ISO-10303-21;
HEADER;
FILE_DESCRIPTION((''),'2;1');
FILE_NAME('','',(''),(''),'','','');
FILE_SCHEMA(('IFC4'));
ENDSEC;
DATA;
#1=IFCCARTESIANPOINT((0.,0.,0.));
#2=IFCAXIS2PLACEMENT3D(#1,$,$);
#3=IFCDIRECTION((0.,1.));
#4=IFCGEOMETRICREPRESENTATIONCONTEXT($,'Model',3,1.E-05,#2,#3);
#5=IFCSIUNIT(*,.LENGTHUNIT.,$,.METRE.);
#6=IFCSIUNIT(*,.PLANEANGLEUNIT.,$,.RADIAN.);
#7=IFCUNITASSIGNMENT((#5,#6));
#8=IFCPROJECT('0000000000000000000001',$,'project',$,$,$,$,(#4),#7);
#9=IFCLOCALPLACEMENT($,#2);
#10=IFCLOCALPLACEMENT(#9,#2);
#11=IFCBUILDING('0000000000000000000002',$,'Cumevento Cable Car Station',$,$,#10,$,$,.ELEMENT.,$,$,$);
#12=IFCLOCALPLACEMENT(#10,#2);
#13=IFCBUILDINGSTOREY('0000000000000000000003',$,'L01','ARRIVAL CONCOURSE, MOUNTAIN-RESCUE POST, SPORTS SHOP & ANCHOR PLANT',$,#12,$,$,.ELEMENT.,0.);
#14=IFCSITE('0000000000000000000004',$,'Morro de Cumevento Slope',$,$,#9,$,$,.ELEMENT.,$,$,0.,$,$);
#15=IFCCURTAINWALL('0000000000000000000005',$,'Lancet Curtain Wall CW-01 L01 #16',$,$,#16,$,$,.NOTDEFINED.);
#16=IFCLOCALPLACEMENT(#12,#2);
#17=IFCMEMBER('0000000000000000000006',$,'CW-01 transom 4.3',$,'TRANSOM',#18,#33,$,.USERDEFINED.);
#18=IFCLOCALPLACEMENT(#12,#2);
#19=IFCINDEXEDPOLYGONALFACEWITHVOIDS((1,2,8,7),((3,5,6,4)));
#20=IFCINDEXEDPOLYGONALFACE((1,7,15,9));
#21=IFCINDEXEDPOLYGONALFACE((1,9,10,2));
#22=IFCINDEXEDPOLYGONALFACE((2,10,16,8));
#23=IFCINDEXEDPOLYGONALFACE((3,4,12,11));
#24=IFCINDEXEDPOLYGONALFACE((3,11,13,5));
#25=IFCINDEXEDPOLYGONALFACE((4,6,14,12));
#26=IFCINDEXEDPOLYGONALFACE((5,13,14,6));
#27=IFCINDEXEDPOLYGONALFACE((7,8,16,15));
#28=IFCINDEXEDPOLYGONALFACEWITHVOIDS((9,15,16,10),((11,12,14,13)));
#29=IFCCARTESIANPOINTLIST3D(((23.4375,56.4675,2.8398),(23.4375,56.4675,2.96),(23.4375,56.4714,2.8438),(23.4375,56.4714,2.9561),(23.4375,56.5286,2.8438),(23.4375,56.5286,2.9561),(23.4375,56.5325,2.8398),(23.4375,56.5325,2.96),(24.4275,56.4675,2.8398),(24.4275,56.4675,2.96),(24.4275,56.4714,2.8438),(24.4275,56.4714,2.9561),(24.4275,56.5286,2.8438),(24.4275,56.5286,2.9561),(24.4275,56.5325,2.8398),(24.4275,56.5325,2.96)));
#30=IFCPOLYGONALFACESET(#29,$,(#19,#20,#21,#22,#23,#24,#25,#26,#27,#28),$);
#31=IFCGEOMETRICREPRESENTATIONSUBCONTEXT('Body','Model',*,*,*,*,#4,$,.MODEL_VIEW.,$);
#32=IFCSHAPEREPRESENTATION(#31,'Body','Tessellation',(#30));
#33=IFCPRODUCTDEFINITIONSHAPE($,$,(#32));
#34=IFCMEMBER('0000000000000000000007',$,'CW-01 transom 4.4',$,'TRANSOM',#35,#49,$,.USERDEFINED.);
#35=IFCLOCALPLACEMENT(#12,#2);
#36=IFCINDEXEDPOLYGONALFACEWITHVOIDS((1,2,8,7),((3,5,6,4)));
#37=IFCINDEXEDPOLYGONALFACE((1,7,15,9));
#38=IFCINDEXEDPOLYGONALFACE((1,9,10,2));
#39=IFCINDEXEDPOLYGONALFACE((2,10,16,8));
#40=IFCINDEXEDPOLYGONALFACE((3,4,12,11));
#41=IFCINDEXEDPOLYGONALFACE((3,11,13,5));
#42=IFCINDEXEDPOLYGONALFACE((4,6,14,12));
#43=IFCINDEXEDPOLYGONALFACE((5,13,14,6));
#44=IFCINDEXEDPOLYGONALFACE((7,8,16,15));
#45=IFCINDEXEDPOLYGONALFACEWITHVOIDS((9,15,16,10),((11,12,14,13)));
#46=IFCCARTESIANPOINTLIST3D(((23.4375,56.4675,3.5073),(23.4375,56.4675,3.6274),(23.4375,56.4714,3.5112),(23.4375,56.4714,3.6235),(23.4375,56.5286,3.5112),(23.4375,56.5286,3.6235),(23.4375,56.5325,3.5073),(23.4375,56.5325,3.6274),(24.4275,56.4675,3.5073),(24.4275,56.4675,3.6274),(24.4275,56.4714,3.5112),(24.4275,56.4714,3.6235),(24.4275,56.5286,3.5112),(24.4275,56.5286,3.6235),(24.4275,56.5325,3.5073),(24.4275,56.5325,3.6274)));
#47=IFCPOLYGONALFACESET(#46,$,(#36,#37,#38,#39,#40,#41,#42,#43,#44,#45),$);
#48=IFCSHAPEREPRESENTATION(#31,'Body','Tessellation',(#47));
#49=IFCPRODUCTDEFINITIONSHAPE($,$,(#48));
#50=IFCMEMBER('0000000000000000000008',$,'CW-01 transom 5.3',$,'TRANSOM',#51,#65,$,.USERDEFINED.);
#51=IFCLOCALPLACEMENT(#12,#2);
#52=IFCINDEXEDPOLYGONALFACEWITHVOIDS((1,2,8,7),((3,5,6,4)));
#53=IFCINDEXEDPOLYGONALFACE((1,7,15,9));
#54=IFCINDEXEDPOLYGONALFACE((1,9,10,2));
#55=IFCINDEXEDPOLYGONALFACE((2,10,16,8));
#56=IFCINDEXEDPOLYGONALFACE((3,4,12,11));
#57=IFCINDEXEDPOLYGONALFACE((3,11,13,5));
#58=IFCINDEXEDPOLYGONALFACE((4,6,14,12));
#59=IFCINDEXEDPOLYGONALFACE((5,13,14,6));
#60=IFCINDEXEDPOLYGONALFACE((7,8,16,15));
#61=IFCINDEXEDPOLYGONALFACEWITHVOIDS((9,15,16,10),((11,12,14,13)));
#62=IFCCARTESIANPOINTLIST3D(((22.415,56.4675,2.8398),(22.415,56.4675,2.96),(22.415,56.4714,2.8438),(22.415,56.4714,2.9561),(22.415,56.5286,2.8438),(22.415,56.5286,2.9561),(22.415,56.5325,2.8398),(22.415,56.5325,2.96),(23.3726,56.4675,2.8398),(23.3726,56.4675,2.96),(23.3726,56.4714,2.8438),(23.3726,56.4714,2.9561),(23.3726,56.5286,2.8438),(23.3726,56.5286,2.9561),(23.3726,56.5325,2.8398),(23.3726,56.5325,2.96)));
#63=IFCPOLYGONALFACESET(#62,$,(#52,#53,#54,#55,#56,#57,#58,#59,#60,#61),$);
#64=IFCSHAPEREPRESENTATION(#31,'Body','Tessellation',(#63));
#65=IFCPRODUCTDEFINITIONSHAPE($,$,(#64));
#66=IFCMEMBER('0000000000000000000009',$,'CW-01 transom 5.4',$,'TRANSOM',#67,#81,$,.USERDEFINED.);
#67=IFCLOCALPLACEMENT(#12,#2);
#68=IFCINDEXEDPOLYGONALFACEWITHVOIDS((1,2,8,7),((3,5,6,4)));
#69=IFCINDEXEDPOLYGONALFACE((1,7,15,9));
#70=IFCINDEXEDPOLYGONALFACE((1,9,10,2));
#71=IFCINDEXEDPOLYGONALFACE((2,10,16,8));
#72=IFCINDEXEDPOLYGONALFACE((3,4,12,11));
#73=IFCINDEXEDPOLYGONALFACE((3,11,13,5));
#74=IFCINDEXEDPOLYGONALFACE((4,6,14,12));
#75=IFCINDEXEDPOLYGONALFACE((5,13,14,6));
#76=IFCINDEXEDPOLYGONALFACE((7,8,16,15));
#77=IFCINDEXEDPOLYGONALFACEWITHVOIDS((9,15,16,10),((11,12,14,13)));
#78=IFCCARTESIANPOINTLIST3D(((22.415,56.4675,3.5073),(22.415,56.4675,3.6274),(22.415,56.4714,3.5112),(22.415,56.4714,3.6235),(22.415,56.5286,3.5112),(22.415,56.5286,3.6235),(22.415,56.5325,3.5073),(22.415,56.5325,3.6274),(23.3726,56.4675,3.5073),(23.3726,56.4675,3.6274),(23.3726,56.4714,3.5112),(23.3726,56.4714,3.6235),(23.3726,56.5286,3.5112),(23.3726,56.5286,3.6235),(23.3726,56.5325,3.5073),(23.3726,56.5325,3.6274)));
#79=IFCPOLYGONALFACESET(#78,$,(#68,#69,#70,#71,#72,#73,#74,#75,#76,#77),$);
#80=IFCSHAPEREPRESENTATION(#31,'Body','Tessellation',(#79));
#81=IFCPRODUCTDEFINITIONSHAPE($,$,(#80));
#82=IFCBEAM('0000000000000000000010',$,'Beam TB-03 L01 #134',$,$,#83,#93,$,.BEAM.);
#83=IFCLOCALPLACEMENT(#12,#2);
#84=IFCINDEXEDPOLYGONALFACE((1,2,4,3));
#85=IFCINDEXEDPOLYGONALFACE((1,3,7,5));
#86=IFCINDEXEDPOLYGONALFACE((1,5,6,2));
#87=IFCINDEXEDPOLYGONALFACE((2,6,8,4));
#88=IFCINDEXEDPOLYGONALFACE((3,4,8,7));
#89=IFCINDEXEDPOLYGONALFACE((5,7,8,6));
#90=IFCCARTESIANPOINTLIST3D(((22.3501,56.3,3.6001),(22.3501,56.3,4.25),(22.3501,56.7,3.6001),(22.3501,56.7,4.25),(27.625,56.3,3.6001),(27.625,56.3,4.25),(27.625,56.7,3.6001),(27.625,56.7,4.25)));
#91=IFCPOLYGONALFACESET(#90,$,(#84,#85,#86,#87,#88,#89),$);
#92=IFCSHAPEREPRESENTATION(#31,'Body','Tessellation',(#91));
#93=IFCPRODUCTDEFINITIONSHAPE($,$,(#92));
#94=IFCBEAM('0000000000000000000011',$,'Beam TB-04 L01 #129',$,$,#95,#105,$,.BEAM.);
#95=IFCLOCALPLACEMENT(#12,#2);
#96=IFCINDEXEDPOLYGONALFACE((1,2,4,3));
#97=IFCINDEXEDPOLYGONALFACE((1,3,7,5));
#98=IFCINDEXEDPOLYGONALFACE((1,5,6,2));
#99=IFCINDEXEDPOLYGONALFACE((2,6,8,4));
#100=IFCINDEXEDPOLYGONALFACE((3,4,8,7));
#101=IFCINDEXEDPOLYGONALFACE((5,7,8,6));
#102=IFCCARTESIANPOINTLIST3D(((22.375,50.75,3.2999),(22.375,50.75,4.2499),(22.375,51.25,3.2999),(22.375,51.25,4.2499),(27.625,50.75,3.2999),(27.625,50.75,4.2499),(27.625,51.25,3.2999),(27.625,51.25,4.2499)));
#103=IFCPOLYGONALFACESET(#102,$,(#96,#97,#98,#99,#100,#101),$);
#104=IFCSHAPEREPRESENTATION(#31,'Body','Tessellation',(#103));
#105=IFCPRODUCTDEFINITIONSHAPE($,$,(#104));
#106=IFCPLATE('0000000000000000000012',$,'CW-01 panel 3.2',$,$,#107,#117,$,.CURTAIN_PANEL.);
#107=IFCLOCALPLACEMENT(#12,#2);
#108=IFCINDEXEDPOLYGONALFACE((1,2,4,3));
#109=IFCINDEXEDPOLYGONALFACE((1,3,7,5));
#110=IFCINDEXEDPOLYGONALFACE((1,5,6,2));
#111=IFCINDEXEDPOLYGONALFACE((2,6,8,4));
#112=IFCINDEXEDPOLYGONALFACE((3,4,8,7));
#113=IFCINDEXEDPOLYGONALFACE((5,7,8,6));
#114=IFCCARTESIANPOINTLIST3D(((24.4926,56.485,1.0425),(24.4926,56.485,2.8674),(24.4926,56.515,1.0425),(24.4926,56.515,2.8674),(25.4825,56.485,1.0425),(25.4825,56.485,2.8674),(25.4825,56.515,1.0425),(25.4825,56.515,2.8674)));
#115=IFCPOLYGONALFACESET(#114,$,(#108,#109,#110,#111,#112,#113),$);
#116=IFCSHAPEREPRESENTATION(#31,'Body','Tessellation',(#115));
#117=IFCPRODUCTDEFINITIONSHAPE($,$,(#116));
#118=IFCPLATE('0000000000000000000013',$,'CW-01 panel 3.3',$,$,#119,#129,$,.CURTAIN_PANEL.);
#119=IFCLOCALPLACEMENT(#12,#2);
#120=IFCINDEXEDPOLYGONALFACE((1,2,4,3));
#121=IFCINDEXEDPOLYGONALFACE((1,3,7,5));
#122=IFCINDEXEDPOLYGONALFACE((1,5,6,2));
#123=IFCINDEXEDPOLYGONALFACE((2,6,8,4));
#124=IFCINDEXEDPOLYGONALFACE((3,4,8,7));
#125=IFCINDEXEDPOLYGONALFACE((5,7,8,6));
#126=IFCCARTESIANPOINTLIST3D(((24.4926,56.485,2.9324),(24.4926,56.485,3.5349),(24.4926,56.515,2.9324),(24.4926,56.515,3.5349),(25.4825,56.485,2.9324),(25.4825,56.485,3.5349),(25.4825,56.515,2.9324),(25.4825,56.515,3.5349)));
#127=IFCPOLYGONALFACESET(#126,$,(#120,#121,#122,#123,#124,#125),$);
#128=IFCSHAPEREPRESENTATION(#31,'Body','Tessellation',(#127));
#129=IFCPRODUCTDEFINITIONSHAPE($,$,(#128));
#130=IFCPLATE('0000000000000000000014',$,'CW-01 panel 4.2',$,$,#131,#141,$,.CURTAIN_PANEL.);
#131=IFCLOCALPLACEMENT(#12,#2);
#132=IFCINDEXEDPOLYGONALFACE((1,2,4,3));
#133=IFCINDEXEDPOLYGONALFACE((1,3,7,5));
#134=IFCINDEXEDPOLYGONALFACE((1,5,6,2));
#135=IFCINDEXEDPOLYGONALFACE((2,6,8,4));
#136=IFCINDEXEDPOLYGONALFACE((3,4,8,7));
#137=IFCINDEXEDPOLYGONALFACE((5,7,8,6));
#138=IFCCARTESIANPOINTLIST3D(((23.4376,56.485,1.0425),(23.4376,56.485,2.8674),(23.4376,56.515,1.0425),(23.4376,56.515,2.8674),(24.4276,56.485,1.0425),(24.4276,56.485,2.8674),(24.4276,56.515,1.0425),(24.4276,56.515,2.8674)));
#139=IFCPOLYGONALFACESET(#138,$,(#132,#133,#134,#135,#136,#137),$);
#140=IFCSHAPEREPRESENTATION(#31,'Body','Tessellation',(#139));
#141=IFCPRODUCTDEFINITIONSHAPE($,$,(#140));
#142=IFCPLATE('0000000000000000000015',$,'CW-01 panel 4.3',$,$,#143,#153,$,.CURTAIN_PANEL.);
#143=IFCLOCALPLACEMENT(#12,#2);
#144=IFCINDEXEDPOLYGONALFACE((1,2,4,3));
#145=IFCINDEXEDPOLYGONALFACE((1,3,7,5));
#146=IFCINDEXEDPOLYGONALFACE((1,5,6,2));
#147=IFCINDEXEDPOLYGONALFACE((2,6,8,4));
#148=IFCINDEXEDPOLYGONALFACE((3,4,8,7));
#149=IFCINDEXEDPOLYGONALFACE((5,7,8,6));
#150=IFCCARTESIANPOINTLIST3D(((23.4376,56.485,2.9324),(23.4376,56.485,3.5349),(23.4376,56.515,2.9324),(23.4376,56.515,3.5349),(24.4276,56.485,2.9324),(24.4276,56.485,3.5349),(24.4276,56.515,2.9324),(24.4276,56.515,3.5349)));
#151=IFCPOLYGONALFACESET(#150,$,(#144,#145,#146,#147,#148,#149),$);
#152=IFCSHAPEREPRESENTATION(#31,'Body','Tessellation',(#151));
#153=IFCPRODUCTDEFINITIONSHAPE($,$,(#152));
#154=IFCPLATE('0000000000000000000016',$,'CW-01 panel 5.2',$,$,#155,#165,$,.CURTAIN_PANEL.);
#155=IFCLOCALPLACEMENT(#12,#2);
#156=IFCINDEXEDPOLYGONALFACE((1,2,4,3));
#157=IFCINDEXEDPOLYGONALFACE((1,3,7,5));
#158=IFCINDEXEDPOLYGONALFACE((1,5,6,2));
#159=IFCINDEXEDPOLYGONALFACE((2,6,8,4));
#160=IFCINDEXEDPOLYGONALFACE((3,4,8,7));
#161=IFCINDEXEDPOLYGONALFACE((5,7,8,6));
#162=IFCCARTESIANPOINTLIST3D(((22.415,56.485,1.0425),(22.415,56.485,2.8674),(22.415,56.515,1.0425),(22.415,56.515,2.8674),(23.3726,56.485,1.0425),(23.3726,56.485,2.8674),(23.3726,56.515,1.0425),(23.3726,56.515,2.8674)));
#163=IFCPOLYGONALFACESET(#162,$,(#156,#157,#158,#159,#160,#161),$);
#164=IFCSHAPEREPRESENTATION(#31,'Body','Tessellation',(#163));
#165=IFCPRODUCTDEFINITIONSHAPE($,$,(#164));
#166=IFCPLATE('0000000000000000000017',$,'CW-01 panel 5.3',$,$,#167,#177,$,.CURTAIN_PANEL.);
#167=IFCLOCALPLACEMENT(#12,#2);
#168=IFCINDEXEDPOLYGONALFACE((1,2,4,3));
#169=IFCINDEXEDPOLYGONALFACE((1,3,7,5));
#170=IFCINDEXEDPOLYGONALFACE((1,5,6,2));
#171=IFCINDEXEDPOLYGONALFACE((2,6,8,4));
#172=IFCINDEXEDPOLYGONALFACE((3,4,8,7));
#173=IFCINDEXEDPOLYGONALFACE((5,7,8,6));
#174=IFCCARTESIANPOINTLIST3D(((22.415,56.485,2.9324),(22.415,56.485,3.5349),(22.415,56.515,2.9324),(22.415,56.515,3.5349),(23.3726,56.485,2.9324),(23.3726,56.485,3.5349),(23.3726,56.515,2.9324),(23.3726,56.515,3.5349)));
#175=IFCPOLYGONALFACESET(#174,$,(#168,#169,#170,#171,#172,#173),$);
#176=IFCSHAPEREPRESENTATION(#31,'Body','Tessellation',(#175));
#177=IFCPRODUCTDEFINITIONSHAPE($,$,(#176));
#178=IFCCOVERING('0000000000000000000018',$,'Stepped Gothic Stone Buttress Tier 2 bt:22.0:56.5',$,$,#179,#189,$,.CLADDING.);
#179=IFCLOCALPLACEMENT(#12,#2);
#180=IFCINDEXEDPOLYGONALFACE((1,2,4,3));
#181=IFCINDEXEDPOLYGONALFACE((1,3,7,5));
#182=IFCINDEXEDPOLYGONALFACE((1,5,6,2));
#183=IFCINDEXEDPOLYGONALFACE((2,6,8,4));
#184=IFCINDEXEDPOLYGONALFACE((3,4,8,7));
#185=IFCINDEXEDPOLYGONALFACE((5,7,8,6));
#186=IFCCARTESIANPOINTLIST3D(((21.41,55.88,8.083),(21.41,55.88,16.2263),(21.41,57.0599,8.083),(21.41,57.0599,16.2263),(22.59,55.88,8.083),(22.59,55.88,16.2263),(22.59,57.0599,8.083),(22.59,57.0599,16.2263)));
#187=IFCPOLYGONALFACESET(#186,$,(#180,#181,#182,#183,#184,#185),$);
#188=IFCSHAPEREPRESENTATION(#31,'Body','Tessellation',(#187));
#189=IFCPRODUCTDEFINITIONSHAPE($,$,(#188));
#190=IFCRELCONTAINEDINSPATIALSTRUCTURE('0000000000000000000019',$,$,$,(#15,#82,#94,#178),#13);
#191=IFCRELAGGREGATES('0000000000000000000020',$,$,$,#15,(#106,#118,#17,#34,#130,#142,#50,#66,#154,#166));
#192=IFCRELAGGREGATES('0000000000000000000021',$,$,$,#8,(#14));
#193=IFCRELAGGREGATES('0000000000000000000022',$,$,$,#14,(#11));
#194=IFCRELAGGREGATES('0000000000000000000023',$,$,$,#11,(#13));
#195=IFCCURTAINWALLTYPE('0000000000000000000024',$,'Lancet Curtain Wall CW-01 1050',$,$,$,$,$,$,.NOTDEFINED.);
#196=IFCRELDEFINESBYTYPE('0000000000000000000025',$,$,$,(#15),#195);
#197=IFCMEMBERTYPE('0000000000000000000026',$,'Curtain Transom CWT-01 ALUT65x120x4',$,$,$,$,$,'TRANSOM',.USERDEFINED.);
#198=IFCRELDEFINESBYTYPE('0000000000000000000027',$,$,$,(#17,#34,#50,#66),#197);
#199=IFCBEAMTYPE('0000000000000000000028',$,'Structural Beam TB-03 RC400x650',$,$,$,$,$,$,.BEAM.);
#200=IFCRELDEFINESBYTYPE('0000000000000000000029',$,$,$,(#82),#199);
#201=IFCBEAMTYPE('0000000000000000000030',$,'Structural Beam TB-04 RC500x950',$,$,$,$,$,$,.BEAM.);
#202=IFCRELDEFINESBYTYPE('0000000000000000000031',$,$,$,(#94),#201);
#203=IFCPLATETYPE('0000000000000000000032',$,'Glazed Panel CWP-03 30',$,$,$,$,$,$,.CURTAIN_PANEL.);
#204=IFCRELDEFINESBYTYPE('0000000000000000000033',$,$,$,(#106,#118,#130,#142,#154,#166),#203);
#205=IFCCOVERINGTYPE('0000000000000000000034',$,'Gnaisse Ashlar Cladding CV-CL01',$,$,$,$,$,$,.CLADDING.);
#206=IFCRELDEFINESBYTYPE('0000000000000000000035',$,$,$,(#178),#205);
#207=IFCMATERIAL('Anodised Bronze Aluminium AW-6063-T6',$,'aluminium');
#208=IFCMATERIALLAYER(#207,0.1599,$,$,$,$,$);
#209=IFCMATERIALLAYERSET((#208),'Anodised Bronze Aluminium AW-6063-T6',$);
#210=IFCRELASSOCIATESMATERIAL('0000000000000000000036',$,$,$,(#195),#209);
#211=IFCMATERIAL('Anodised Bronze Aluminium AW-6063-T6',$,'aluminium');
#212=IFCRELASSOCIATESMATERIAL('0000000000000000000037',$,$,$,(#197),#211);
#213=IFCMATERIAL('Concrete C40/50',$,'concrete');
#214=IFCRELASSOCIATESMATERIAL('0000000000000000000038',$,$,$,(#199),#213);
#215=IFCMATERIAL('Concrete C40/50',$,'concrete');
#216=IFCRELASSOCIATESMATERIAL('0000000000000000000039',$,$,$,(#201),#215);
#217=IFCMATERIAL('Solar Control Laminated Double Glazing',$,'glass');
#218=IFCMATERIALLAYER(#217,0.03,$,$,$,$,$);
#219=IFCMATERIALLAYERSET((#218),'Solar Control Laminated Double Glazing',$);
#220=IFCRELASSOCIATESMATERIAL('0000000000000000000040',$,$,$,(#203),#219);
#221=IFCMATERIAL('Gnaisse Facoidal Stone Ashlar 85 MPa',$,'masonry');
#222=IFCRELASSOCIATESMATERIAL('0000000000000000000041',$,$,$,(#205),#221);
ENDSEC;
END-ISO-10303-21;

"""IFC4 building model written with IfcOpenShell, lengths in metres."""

from ifc_helpers import new_model, si_unit, direction, frame, origin, origin_2d, place, context, subcontext, project, spatial, rectangle, hollow_rectangle, extrude, material, layer, layer_set, material_profile, profile_set, type_object, element, aggregate, save


model = new_model("IFC4")

# Units and contexts
model_context = context("Model", 3, precision=1e-05, world=origin(), true_north=direction((0.0, 1.0)))
body_context = subcontext(model_context, "Body", "Model", "MODEL_VIEW")
ifc_project = project(units=[si_unit("LENGTHUNIT", "METRE"), si_unit("PLANEANGLEUNIT", "RADIAN")], contexts=[model_context])

# Site, building, storey
site_placement = place(None, origin())
site = spatial("IfcSite", under=ifc_project, at=site_placement, Name="Morro de Cumevento Slope", CompositionType="ELEMENT", RefElevation=0.0)
building_placement = place(site_placement, origin())
building = spatial("IfcBuilding", under=site, at=building_placement, Name="Cumevento Cable Car Station", CompositionType="ELEMENT")
storey_placement = place(building_placement, origin())
storey = spatial("IfcBuildingStorey", under=building, at=storey_placement, Name="L01", Description="ARRIVAL CONCOURSE, MOUNTAIN-RESCUE POST, SPORTS SHOP & ANCHOR PLANT", CompositionType="ELEMENT", Elevation=0.0)

# Curtain wall, members
ifc_material_1 = material(Name="Anodised Bronze Aluminium AW-6063-T6", Category="aluminium")
ifc_layer_1 = layer(ifc_material_1, 0.1599)
ifc_layer_set_1 = layer_set([ifc_layer_1], Name="Anodised Bronze Aluminium AW-6063-T6")
curtain_wall_type = type_object("IfcCurtainWallType", Name="Lancet Curtain Wall CW-01 1050", PredefinedType="NOTDEFINED", material=ifc_layer_set_1)
curtain_wall_placement = place(storey_placement, origin())
curtain_wall = element("IfcCurtainWall", 1, at=curtain_wall_placement, inside=storey, type_object=curtain_wall_type, Name="Lancet Curtain Wall CW-01 L01 #16", PredefinedType="NOTDEFINED")
ifc_material_2 = material(Name="Anodised Bronze Aluminium AW-6063-T6", Category="aluminium")
ifc_material_profile_1 = material_profile(ifc_material_2, hollow_rectangle(XDim=0.0649, YDim=0.1201, WallThickness=0.0039, at=origin_2d()), Name="ALUT65x120x4")
ifc_profile_set_1 = profile_set([ifc_material_profile_1], Name="Anodised Bronze Aluminium AW-6063-T6")
member_type = type_object("IfcMemberType", Name="Curtain Transom CWT-01 ALUT65x120x4", ElementType="TRANSOM", PredefinedType="USERDEFINED", material=ifc_profile_set_1)
member_1_placement = place(storey_placement, frame((24.4275, 56.5, 2.8999), z_axis=(-1.0, 0.0, 0.0), x_axis=(0.0, -1.0, 0.0)))
member_1 = element("IfcMember", 2, at=member_1_placement, type_object=member_type, Name="CW-01 transom 4.3", ObjectType="TRANSOM", PredefinedType="USERDEFINED", context=body_context, shape_type="SweptSolid", body=[
    extrude(hollow_rectangle(XDim=0.0649, YDim=0.1201, WallThickness=0.0039, at=origin_2d()), origin(), (0.0, 0.0, 1.0), 0.99),
])
member_2_placement = place(storey_placement, frame((24.4275, 56.5, 3.5674), z_axis=(-1.0, 0.0, 0.0), x_axis=(0.0, -1.0, 0.0)))
member_2 = element("IfcMember", 3, at=member_2_placement, type_object=member_type, Name="CW-01 transom 4.4", ObjectType="TRANSOM", PredefinedType="USERDEFINED", context=body_context, shape_type="SweptSolid", body=[
    extrude(hollow_rectangle(XDim=0.0649, YDim=0.1201, WallThickness=0.0039, at=origin_2d()), origin(), (0.0, 0.0, 1.0), 0.99),
])
member_3_placement = place(storey_placement, frame((23.3726, 56.5, 2.8999), z_axis=(-1.0, 0.0, 0.0), x_axis=(0.0, -1.0, 0.0)))
member_3 = element("IfcMember", 4, at=member_3_placement, type_object=member_type, Name="CW-01 transom 5.3", ObjectType="TRANSOM", PredefinedType="USERDEFINED", context=body_context, shape_type="SweptSolid", body=[
    extrude(hollow_rectangle(XDim=0.0649, YDim=0.1201, WallThickness=0.0039, at=origin_2d()), origin(), (0.0, 0.0, 1.0), 0.9575),
])
member_4_placement = place(storey_placement, frame((23.3726, 56.5, 3.5674), z_axis=(-1.0, 0.0, 0.0), x_axis=(0.0, -1.0, 0.0)))
member_4 = element("IfcMember", 5, at=member_4_placement, type_object=member_type, Name="CW-01 transom 5.4", ObjectType="TRANSOM", PredefinedType="USERDEFINED", context=body_context, shape_type="SweptSolid", body=[
    extrude(hollow_rectangle(XDim=0.0649, YDim=0.1201, WallThickness=0.0039, at=origin_2d()), origin(), (0.0, 0.0, 1.0), 0.9575),
])

# Beams
ifc_material_3 = material(Name="Concrete C40/50", Category="concrete")
ifc_material_profile_2 = material_profile(ifc_material_3, rectangle(XDim=0.3999, YDim=0.6499, at=origin_2d()), Name="RC400x650")
ifc_profile_set_2 = profile_set([ifc_material_profile_2], Name="Concrete C40/50")
beam_type_1 = type_object("IfcBeamType", Name="Structural Beam TB-03 RC400x650", PredefinedType="BEAM", material=ifc_profile_set_2)
beam_1_placement = place(storey_placement, frame((22.3501, 56.5, 3.925), z_axis=(1.0, 0.0, 0.0), x_axis=(0.0, 1.0, 0.0)))
element("IfcBeam", 6, at=beam_1_placement, inside=storey, type_object=beam_type_1, Name="Beam TB-03 L01 #134", PredefinedType="BEAM", context=body_context, shape_type="SweptSolid", body=[
    extrude(rectangle(XDim=0.3999, YDim=0.6499, at=origin_2d()), origin(), (0.0, 0.0, 1.0), 5.2749),
])
ifc_material_4 = material(Name="Concrete C40/50", Category="concrete")
ifc_material_profile_3 = material_profile(ifc_material_4, rectangle(XDim=0.5, YDim=0.95, at=origin_2d()), Name="RC500x950")
ifc_profile_set_3 = profile_set([ifc_material_profile_3], Name="Concrete C40/50")
beam_type_2 = type_object("IfcBeamType", Name="Structural Beam TB-04 RC500x950", PredefinedType="BEAM", material=ifc_profile_set_3)
beam_2_placement = place(storey_placement, frame((22.375, 51.0, 3.7749), z_axis=(1.0, 0.0, 0.0), x_axis=(0.0, 1.0, 0.0)))
element("IfcBeam", 7, at=beam_2_placement, inside=storey, type_object=beam_type_2, Name="Beam TB-04 L01 #129", PredefinedType="BEAM", context=body_context, shape_type="SweptSolid", body=[
    extrude(rectangle(XDim=0.5, YDim=0.95, at=origin_2d()), origin(), (0.0, 0.0, 1.0), 5.25),
])

# Plates
ifc_material_5 = material(Name="Solar Control Laminated Double Glazing", Category="glass")
ifc_layer_2 = layer(ifc_material_5, 0.03)
ifc_layer_set_2 = layer_set([ifc_layer_2], Name="Solar Control Laminated Double Glazing")
plate_type = type_object("IfcPlateType", Name="Glazed Panel CWP-03 30", PredefinedType="CURTAIN_PANEL", material=ifc_layer_set_2)
plate_1_placement = place(storey_placement, frame((24.9875, 56.5, 1.0425), z_axis=(0.0, 0.0, 1.0), x_axis=(-1.0, 0.0, 0.0)))
plate_1 = element("IfcPlate", 8, at=plate_1_placement, type_object=plate_type, Name="CW-01 panel 3.2", PredefinedType="CURTAIN_PANEL", context=body_context, shape_type="SweptSolid", body=[
    extrude(rectangle(XDim=0.99, YDim=0.03, at=origin_2d()), origin(), (0.0, 0.0, 1.0), 1.825),
])
plate_2_placement = place(storey_placement, frame((24.9875, 56.5, 2.9324), z_axis=(0.0, 0.0, 1.0), x_axis=(-1.0, 0.0, 0.0)))
plate_2 = element("IfcPlate", 9, at=plate_2_placement, type_object=plate_type, Name="CW-01 panel 3.3", PredefinedType="CURTAIN_PANEL", context=body_context, shape_type="SweptSolid", body=[
    extrude(rectangle(XDim=0.99, YDim=0.03, at=origin_2d()), origin(), (0.0, 0.0, 1.0), 0.6025),
])
plate_3_placement = place(storey_placement, frame((23.9326, 56.5, 1.0425), z_axis=(0.0, 0.0, 1.0), x_axis=(-1.0, 0.0, 0.0)))
plate_3 = element("IfcPlate", 10, at=plate_3_placement, type_object=plate_type, Name="CW-01 panel 4.2", PredefinedType="CURTAIN_PANEL", context=body_context, shape_type="SweptSolid", body=[
    extrude(rectangle(XDim=0.99, YDim=0.03, at=origin_2d()), origin(), (0.0, 0.0, 1.0), 1.825),
])
plate_4_placement = place(storey_placement, frame((23.9326, 56.5, 2.9324), z_axis=(0.0, 0.0, 1.0), x_axis=(-1.0, 0.0, 0.0)))
plate_4 = element("IfcPlate", 11, at=plate_4_placement, type_object=plate_type, Name="CW-01 panel 4.3", PredefinedType="CURTAIN_PANEL", context=body_context, shape_type="SweptSolid", body=[
    extrude(rectangle(XDim=0.99, YDim=0.03, at=origin_2d()), origin(), (0.0, 0.0, 1.0), 0.6025),
])
plate_5_placement = place(storey_placement, frame((22.8938, 56.5, 1.0425), z_axis=(0.0, 0.0, 1.0), x_axis=(-1.0, 0.0, 0.0)))
plate_5 = element("IfcPlate", 12, at=plate_5_placement, type_object=plate_type, Name="CW-01 panel 5.2", PredefinedType="CURTAIN_PANEL", context=body_context, shape_type="SweptSolid", body=[
    extrude(rectangle(XDim=0.9575, YDim=0.03, at=origin_2d()), origin(), (0.0, 0.0, 1.0), 1.825),
])
plate_6_placement = place(storey_placement, frame((22.8938, 56.5, 2.9324), z_axis=(0.0, 0.0, 1.0), x_axis=(-1.0, 0.0, 0.0)))
plate_6 = element("IfcPlate", 13, at=plate_6_placement, type_object=plate_type, Name="CW-01 panel 5.3", PredefinedType="CURTAIN_PANEL", context=body_context, shape_type="SweptSolid", body=[
    extrude(rectangle(XDim=0.9575, YDim=0.03, at=origin_2d()), origin(), (0.0, 0.0, 1.0), 0.6025),
])
aggregate(curtain_wall, [plate_1, plate_2, member_1, member_2, plate_3, plate_4, member_3, member_4, plate_5, plate_6])

# Covering
ifc_material_6 = material(Name="Gnaisse Facoidal Stone Ashlar 85 MPa", Category="masonry")
covering_type = type_object("IfcCoveringType", Name="Gnaisse Ashlar Cladding CV-CL01", PredefinedType="CLADDING", material=ifc_material_6)
covering_1_placement = place(storey_placement, frame((22.0, 56.47, 8.083), z_axis=(0.0, 0.0, 1.0), x_axis=(1.0, 0.0, 0.0)))
element("IfcCovering", 14, at=covering_1_placement, inside=storey, type_object=covering_type, Name="Stepped Gothic Stone Buttress Tier 2 bt:22.0:56.5", PredefinedType="CLADDING", context=body_context, shape_type="SweptSolid", body=[
    extrude(rectangle(XDim=1.1799, YDim=1.1799, at=origin_2d()), origin(), (0.0, 0.0, 1.0), 8.1433),
])

save(model, "model.ifc")
